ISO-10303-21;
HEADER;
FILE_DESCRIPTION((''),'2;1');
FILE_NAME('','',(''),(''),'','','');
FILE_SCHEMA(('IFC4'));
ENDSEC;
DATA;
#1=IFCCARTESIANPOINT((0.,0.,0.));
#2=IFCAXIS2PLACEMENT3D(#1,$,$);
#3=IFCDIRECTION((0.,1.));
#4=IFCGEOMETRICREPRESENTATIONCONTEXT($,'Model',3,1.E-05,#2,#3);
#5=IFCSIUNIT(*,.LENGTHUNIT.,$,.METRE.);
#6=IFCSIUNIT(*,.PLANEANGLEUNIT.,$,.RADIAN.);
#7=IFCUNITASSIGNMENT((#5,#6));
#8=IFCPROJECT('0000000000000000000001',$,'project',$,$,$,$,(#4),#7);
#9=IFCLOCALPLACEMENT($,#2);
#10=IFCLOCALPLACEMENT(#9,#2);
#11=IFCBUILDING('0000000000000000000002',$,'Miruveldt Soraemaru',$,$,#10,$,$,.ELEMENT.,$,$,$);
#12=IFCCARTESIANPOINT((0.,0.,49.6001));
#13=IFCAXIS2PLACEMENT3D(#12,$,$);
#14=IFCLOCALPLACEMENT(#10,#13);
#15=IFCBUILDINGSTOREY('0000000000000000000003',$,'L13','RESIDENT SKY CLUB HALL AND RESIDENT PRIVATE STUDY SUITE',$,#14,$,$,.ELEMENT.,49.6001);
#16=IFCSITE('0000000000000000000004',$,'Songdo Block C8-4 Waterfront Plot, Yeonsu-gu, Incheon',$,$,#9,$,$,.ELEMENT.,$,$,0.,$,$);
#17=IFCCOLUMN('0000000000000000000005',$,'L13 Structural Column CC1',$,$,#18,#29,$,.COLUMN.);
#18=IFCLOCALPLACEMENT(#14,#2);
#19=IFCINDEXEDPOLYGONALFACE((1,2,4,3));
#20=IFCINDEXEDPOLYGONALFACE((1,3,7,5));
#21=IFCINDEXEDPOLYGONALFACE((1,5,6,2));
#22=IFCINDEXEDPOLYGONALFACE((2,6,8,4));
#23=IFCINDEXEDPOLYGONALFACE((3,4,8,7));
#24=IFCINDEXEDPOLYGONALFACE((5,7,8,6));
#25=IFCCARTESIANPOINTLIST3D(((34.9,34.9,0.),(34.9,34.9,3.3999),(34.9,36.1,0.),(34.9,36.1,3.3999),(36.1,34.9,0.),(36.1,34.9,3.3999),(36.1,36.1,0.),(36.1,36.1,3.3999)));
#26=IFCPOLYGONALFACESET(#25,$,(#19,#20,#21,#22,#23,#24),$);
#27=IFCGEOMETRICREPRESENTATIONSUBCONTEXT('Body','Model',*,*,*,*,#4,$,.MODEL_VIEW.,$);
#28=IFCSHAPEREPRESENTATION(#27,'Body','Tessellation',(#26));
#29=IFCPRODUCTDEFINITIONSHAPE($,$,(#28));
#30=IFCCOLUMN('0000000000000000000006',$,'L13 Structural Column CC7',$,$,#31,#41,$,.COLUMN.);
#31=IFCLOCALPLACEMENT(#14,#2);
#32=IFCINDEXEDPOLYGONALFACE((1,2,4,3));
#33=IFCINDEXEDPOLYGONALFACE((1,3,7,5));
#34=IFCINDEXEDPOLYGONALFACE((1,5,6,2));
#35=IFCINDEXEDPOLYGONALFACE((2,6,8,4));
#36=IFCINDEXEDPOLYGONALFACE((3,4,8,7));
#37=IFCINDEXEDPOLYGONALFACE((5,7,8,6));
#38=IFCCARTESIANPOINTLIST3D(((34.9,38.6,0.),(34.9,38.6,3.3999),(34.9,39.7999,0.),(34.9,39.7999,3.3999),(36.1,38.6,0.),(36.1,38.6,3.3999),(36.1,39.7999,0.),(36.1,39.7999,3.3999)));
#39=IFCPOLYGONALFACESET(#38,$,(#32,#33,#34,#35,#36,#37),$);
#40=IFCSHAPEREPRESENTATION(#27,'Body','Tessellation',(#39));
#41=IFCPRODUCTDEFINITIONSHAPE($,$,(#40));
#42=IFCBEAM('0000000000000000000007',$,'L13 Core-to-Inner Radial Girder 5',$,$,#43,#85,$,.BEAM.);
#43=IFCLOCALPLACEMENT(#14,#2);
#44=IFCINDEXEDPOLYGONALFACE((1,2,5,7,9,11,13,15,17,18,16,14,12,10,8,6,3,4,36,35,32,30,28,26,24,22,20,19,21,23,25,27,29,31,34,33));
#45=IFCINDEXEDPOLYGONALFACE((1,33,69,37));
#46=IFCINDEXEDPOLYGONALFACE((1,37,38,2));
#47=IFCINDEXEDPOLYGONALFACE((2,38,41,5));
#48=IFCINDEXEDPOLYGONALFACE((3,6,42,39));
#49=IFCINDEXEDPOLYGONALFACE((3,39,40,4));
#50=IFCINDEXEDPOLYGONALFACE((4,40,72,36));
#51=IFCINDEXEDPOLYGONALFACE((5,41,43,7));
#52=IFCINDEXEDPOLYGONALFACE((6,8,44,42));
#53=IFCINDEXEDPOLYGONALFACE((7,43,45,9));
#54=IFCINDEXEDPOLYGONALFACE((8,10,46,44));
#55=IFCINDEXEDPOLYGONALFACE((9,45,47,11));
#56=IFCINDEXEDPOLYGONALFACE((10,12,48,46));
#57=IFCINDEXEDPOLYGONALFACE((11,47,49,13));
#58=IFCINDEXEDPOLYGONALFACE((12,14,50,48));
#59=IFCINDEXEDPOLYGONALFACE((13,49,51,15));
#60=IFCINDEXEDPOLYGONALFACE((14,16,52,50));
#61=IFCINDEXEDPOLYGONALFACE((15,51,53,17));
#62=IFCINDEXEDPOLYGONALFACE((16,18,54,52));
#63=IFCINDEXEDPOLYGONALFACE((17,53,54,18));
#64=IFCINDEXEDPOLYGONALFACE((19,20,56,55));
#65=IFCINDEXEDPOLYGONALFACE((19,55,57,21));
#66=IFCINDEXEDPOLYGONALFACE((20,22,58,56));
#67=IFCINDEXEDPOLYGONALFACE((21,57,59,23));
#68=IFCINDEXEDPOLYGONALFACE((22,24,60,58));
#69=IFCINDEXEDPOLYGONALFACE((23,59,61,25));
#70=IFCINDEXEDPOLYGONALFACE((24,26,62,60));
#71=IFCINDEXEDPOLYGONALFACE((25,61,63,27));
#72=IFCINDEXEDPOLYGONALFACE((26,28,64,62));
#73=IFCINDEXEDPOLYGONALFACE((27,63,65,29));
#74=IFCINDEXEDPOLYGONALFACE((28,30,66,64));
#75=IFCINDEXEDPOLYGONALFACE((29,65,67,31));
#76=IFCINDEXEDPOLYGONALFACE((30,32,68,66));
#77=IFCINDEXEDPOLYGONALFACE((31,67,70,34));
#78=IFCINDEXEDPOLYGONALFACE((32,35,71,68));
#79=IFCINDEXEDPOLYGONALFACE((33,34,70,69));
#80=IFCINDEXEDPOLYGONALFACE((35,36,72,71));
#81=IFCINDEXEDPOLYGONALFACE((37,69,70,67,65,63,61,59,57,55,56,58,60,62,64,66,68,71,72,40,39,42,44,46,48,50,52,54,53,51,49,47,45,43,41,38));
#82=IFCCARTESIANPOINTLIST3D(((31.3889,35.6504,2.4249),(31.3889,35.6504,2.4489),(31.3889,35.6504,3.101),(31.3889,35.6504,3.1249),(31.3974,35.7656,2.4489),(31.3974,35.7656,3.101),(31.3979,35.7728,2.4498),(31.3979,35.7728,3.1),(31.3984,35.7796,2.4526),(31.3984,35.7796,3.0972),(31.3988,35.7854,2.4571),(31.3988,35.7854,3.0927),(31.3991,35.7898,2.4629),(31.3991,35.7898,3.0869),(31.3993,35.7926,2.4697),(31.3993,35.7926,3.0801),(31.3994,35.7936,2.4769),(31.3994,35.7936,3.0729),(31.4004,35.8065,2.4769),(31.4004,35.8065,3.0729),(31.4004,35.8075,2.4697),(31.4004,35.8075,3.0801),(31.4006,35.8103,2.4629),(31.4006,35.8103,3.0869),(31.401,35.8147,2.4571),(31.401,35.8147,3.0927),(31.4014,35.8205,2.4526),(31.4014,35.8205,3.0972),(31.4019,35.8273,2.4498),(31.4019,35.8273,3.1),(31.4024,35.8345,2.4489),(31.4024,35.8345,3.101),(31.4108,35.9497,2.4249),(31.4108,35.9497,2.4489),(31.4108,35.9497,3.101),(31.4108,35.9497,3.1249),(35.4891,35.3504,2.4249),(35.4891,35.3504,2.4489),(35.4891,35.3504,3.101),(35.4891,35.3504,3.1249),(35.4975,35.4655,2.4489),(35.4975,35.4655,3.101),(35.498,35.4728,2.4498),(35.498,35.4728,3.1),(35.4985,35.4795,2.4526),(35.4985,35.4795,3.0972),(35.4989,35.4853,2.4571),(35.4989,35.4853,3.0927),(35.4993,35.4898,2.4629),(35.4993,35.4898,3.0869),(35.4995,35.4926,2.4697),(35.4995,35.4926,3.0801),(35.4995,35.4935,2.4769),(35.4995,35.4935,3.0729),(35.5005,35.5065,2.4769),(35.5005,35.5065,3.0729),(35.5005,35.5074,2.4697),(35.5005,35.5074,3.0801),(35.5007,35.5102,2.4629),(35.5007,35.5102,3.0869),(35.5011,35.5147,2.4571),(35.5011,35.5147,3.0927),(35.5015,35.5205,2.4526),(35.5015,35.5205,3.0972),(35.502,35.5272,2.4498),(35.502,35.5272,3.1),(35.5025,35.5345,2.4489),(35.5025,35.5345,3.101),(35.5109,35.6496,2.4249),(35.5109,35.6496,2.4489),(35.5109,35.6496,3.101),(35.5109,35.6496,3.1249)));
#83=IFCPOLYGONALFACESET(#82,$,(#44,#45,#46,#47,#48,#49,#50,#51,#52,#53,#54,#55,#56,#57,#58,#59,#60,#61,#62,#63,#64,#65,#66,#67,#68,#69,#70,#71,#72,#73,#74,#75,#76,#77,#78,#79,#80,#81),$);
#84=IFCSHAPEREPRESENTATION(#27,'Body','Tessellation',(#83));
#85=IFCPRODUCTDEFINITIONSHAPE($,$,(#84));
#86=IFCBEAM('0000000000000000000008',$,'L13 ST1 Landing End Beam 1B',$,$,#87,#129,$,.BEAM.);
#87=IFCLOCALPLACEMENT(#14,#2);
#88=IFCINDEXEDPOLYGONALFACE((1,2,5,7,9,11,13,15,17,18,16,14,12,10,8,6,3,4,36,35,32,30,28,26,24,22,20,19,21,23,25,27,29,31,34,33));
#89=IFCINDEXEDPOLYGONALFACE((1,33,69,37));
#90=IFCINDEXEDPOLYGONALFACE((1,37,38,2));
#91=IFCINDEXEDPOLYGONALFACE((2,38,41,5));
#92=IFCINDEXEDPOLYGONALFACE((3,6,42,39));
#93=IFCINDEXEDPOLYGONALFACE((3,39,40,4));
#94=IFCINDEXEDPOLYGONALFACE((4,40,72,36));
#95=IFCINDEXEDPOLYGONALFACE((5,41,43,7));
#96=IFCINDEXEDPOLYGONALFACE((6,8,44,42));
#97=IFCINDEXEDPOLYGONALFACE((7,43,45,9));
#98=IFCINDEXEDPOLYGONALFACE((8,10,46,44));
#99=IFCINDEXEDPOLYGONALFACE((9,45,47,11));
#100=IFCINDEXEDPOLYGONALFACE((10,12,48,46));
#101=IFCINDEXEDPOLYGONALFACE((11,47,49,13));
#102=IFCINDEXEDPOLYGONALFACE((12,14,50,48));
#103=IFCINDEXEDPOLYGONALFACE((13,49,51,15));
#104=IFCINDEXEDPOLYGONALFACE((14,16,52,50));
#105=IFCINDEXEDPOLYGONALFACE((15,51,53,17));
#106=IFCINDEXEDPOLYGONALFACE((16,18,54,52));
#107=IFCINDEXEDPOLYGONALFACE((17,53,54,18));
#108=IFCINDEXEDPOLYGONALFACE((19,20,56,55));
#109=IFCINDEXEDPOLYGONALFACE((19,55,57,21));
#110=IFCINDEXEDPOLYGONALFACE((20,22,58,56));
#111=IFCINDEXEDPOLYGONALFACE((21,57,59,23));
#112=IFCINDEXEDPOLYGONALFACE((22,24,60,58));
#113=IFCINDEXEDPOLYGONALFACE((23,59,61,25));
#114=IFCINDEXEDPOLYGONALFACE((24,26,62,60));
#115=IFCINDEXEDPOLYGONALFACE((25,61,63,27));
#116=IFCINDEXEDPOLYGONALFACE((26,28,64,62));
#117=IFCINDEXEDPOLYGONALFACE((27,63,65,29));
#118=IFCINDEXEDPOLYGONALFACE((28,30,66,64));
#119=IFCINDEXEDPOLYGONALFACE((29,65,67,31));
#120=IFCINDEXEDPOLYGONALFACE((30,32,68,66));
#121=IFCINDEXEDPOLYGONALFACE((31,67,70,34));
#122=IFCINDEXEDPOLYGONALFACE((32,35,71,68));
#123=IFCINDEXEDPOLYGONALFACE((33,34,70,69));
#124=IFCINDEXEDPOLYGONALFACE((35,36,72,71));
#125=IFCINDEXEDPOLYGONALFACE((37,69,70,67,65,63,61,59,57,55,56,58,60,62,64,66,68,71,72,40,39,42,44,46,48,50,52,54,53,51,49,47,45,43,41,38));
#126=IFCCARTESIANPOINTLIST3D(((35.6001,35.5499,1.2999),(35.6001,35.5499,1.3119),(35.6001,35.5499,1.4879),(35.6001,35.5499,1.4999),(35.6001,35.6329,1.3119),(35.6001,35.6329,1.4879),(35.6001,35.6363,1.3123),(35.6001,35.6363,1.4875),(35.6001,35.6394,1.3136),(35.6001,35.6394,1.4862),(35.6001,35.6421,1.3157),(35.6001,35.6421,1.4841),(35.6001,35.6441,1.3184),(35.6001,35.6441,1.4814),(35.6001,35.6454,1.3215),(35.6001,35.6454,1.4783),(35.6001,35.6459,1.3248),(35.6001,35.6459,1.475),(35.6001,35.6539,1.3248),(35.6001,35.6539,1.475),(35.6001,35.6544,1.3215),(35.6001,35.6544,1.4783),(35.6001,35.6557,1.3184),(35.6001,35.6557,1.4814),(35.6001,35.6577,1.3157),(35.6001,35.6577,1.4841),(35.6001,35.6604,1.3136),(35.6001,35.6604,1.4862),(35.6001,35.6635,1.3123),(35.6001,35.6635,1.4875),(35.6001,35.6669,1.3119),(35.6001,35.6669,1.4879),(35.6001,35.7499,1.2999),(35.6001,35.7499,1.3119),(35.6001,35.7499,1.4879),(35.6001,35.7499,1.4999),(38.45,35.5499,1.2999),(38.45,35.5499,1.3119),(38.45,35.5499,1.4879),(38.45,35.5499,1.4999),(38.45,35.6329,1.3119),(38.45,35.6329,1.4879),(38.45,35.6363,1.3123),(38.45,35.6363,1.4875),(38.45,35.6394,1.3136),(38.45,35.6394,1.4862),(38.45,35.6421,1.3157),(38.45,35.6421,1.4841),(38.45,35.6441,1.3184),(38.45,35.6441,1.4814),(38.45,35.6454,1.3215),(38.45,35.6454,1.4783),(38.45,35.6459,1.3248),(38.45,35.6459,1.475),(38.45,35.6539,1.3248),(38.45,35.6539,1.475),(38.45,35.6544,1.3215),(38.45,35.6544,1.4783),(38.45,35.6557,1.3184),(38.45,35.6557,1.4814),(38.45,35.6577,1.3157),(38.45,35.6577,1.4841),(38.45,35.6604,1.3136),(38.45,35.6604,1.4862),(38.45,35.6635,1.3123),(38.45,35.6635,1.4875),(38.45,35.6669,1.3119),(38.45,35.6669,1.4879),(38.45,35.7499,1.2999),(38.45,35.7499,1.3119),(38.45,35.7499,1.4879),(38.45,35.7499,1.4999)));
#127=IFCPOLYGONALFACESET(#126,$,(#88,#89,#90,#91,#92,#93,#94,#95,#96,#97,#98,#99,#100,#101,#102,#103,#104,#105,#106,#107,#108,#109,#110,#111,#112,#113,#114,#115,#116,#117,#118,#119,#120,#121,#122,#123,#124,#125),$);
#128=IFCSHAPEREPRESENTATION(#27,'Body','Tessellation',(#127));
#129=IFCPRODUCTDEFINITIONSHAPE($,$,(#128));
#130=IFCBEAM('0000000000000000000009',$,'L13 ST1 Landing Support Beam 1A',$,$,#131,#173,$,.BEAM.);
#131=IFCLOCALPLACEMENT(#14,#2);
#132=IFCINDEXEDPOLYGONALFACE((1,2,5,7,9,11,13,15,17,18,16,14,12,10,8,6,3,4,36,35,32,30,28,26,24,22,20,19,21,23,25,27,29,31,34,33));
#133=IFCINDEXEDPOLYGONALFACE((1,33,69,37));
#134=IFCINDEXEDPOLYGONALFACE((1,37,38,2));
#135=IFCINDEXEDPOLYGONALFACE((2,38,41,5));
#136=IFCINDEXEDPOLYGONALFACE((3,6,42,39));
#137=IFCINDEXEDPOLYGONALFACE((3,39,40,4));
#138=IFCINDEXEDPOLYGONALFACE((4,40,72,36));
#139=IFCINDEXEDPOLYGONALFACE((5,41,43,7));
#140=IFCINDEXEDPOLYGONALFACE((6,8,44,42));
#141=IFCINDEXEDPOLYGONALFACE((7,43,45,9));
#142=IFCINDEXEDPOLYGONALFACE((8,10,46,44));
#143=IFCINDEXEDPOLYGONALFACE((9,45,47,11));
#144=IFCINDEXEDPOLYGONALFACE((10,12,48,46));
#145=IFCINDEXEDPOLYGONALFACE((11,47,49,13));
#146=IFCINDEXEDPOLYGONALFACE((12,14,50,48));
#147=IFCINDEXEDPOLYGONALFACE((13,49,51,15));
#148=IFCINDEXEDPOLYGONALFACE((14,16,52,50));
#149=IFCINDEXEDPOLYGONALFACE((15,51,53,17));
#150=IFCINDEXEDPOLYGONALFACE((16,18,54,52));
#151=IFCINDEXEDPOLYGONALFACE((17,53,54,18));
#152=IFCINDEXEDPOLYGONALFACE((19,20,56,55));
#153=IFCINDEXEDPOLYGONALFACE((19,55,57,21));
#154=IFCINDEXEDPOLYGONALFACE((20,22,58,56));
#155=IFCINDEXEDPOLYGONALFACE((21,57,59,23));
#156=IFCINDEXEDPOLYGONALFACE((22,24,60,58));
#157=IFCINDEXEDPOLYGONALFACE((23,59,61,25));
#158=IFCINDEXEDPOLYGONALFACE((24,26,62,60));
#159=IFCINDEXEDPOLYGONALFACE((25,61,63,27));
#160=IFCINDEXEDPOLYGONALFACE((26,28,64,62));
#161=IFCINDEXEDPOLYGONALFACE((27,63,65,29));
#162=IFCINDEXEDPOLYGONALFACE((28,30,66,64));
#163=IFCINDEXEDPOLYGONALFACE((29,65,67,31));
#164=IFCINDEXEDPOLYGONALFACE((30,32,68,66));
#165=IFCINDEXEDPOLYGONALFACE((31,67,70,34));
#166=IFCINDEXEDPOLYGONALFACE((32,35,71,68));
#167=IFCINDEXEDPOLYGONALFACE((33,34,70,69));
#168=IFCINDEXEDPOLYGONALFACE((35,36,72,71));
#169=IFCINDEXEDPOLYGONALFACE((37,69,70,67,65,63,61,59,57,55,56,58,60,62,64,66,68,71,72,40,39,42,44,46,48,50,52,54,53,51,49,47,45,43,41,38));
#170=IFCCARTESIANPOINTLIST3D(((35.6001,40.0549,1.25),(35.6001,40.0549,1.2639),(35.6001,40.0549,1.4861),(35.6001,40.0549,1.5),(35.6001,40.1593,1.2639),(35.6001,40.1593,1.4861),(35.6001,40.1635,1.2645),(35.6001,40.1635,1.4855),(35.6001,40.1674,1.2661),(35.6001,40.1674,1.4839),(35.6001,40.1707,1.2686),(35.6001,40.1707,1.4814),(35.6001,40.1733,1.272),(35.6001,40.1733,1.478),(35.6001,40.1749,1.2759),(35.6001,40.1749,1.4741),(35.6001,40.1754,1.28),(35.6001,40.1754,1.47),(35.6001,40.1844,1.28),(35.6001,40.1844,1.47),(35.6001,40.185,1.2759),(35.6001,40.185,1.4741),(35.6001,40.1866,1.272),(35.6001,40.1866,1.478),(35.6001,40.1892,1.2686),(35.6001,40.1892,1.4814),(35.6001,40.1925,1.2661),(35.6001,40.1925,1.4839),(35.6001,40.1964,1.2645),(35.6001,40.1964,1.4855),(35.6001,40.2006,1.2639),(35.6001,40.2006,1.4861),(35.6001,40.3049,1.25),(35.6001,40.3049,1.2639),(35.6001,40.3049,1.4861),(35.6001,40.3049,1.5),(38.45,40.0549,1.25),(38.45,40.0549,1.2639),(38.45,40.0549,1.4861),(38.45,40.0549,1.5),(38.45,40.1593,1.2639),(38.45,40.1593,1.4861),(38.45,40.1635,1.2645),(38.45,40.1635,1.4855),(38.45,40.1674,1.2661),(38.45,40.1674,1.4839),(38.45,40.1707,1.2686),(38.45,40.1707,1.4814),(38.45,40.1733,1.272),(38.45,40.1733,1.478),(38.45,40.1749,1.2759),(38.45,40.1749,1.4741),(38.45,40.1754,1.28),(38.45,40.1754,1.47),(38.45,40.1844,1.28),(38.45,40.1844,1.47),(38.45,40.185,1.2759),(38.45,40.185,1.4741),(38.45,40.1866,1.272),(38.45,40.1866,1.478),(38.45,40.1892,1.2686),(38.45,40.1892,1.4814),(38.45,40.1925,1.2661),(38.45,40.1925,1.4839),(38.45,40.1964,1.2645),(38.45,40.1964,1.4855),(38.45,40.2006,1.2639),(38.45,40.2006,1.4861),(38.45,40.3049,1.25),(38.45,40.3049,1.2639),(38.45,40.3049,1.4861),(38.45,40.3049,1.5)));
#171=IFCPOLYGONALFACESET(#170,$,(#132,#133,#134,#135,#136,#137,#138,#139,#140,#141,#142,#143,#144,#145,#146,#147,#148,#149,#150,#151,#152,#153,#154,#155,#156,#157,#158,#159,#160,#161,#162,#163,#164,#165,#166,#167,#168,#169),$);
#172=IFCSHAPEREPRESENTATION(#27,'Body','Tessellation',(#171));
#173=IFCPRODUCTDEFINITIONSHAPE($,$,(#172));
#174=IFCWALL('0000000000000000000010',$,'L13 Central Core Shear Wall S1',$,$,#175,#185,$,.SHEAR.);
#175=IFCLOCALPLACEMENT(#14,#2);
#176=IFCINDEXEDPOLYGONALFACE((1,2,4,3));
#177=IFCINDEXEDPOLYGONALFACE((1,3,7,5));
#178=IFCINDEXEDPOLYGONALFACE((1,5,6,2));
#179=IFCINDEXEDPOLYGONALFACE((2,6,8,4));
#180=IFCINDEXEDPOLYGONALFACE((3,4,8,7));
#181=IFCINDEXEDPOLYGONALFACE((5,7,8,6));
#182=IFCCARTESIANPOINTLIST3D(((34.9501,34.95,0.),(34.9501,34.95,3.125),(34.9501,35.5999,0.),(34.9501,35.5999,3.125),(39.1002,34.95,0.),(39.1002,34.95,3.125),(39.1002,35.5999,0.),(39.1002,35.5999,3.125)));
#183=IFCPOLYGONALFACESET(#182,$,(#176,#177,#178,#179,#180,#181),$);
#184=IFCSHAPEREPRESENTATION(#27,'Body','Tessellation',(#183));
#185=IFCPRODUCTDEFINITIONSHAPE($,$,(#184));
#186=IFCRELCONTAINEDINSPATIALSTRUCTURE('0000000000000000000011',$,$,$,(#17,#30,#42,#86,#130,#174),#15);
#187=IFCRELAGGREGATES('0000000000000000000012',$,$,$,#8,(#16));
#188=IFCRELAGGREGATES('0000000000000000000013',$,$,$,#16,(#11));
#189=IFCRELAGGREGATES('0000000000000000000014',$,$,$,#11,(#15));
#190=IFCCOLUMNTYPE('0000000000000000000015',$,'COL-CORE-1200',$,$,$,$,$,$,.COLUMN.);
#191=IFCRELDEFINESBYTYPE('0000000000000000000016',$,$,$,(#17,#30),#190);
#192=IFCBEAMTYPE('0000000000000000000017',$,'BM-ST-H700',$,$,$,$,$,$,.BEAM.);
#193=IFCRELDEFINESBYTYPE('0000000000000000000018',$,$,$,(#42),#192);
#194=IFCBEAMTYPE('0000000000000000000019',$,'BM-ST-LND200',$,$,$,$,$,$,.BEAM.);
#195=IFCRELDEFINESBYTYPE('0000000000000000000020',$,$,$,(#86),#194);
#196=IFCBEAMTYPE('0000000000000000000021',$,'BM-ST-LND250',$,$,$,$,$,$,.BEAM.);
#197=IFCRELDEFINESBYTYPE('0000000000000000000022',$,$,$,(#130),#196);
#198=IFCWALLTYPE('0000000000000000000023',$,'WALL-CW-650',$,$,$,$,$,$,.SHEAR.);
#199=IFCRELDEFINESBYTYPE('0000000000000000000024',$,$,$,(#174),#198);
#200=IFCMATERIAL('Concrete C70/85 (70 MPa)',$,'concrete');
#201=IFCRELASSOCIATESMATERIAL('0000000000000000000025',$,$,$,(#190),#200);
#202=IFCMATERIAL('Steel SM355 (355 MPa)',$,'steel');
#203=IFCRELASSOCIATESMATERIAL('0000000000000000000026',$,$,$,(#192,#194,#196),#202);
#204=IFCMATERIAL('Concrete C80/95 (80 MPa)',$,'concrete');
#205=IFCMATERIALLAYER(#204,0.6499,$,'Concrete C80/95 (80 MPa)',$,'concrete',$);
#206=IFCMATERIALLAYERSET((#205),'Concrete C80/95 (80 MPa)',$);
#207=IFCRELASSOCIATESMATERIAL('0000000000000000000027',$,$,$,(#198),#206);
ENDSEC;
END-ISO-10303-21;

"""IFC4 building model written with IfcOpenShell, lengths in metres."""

from ifc_helpers import new_model, si_unit, direction, frame, frame_2d, origin, origin_2d, place, context, subcontext, project, spatial, rectangle, i_section, extrude, material, layer, layer_set, material_profile, profile_set, type_object, element, save


model = new_model("IFC4")

# Units and contexts
model_context = context("Model", 3, precision=1e-05, world=origin(), true_north=direction((0.0, 1.0)))
body_context = subcontext(model_context, "Body", "Model", "MODEL_VIEW")
ifc_project = project(units=[si_unit("LENGTHUNIT", "METRE"), si_unit("PLANEANGLEUNIT", "RADIAN")], contexts=[model_context])

# Site, building, storey
site_placement = place(None, origin())
site = spatial("IfcSite", under=ifc_project, at=site_placement, Name="Songdo Block C8-4 Waterfront Plot, Yeonsu-gu, Incheon", CompositionType="ELEMENT", RefElevation=0.0)
building_placement = place(site_placement, origin())
building = spatial("IfcBuilding", under=site, at=building_placement, Name="Miruveldt Soraemaru", CompositionType="ELEMENT")
storey_placement = place(building_placement, frame((0.0, 0.0, 49.6001)))
storey = spatial("IfcBuildingStorey", under=building, at=storey_placement, Name="L13", Description="RESIDENT SKY CLUB HALL AND RESIDENT PRIVATE STUDY SUITE", CompositionType="ELEMENT", Elevation=49.6001)

# Columns
ifc_material_1 = material(Name="Concrete C70/85 (70 MPa)", Category="concrete")
ifc_material_profile_1 = material_profile(ifc_material_1, rectangle(XDim=1.2, YDim=1.2, at=origin_2d()), Name="Concrete C70/85 (70 MPa)", Category="concrete")
ifc_profile_set_1 = profile_set([ifc_material_profile_1], Name="Concrete C70/85 (70 MPa)")
column_type = type_object("IfcColumnType", Name="COL-CORE-1200", PredefinedType="COLUMN", material=ifc_profile_set_1)
for number, where, z_axis, x_axis, name in (
    (1, (35.5, 35.5, 0.0), (0.0, 0.0, 1.0), (1.0, 0.0, 0.0), "L13 Structural Column CC1"),
    (2, (35.5, 39.2, 0.0), (0.0, 0.0, 1.0), (1.0, 0.0, 0.0), "L13 Structural Column CC7"),
):
    element("IfcColumn", number, at=place(storey_placement, frame(where, z_axis=z_axis, x_axis=x_axis)), inside=storey, type_object=column_type, Name=name, PredefinedType="COLUMN", context=body_context, shape_type="SweptSolid", body=[
        extrude(rectangle(XDim=1.2, YDim=1.2, at=origin_2d()), origin(), (0.0, 0.0, 1.0), 3.3999),
    ])

# Beams
ifc_material_2 = material(Name="Steel SM355 (355 MPa)", Category="steel")
ifc_material_profile_2 = material_profile(ifc_material_2, i_section(OverallWidth=0.3, OverallDepth=0.7, WebThickness=0.0129, FlangeThickness=0.0239, FilletRadius=0.0281, at=origin_2d()), Name="Steel SM355 (355 MPa)", Category="steel")
ifc_profile_set_2 = profile_set([ifc_material_profile_2], Name="Steel SM355 (355 MPa)")
beam_type_1 = type_object("IfcBeamType", Name="BM-ST-H700", PredefinedType="BEAM", material=ifc_profile_set_2)
beam_1_placement = place(storey_placement, frame((35.5, 35.5, 2.7749), z_axis=(-0.997333, 0.072986, 0.0), x_axis=(-0.072986, -0.997333, 0.0)))
element("IfcBeam", 3, at=beam_1_placement, inside=storey, type_object=beam_type_1, Name="L13 Core-to-Inner Radial Girder 5", PredefinedType="BEAM", context=body_context, shape_type="SweptSolid", body=[
    extrude(i_section(OverallWidth=0.3, OverallDepth=0.7, WebThickness=0.0129, FlangeThickness=0.0239, FilletRadius=0.0281, at=origin_2d()), origin(), (0.0, 0.0, 1.0), 4.1111),
])
ifc_material_profile_3 = material_profile(ifc_material_2, i_section(OverallWidth=0.2, OverallDepth=0.2, WebThickness=0.0081, FlangeThickness=0.012, FilletRadius=0.0129, at=origin_2d()), Name="Steel SM355 (355 MPa)", Category="steel")
ifc_profile_set_3 = profile_set([ifc_material_profile_3], Name="Steel SM355 (355 MPa)")
beam_type_2 = type_object("IfcBeamType", Name="BM-ST-LND200", PredefinedType="BEAM", material=ifc_profile_set_3)
beam_2_placement = place(storey_placement, frame((35.6001, 35.6499, 1.3999), z_axis=(1.0, 0.0, 0.0), x_axis=(0.0, 1.0, 0.0)))
element("IfcBeam", 4, at=beam_2_placement, inside=storey, type_object=beam_type_2, Name="L13 ST1 Landing End Beam 1B", PredefinedType="BEAM", context=body_context, shape_type="SweptSolid", body=[
    extrude(i_section(OverallWidth=0.2, OverallDepth=0.2, WebThickness=0.0081, FlangeThickness=0.012, FilletRadius=0.0129, at=origin_2d()), origin(), (0.0, 0.0, 1.0), 2.8499),
])
ifc_material_profile_4 = material_profile(ifc_material_2, i_section(OverallWidth=0.25, OverallDepth=0.25, WebThickness=0.009, FlangeThickness=0.0139, FilletRadius=0.0161, at=origin_2d()), Name="Steel SM355 (355 MPa)", Category="steel")
ifc_profile_set_4 = profile_set([ifc_material_profile_4], Name="Steel SM355 (355 MPa)")
beam_type_3 = type_object("IfcBeamType", Name="BM-ST-LND250", PredefinedType="BEAM", material=ifc_profile_set_4)
beam_3_placement = place(storey_placement, frame((35.6001, 40.1799, 1.375), z_axis=(1.0, 0.0, 0.0), x_axis=(0.0, 1.0, 0.0)))
element("IfcBeam", 5, at=beam_3_placement, inside=storey, type_object=beam_type_3, Name="L13 ST1 Landing Support Beam 1A", PredefinedType="BEAM", context=body_context, shape_type="SweptSolid", body=[
    extrude(i_section(OverallWidth=0.25, OverallDepth=0.25, WebThickness=0.009, FlangeThickness=0.0139, FilletRadius=0.0161, at=origin_2d()), origin(), (0.0, 0.0, 1.0), 2.8499),
])

# Wall
ifc_material_3 = material(Name="Concrete C80/95 (80 MPa)", Category="concrete")
ifc_layer_1 = layer(ifc_material_3, 0.6499, Name="Concrete C80/95 (80 MPa)", Category="concrete")
ifc_layer_set_1 = layer_set([ifc_layer_1], Name="Concrete C80/95 (80 MPa)")
wall_type_1 = type_object("IfcWallType", Name="WALL-CW-650", PredefinedType="SHEAR", material=ifc_layer_set_1)
wall_1_placement = place(storey_placement, frame((34.95, 35.2749, 0.0), z_axis=(0.0, 0.0, 1.0), x_axis=(1.0, 0.0, 0.0)))
element("IfcWall", 6, at=wall_1_placement, inside=storey, type_object=wall_type_1, Name="L13 Central Core Shear Wall S1", PredefinedType="SHEAR", context=body_context, shape_type="SweptSolid", body=[
    extrude(rectangle(XDim=4.1501, YDim=0.6499, at=frame_2d((2.0752, 0.0))), origin(), (0.0, 0.0, 1.0), 3.125),
])

save(model, "model.ifc")
